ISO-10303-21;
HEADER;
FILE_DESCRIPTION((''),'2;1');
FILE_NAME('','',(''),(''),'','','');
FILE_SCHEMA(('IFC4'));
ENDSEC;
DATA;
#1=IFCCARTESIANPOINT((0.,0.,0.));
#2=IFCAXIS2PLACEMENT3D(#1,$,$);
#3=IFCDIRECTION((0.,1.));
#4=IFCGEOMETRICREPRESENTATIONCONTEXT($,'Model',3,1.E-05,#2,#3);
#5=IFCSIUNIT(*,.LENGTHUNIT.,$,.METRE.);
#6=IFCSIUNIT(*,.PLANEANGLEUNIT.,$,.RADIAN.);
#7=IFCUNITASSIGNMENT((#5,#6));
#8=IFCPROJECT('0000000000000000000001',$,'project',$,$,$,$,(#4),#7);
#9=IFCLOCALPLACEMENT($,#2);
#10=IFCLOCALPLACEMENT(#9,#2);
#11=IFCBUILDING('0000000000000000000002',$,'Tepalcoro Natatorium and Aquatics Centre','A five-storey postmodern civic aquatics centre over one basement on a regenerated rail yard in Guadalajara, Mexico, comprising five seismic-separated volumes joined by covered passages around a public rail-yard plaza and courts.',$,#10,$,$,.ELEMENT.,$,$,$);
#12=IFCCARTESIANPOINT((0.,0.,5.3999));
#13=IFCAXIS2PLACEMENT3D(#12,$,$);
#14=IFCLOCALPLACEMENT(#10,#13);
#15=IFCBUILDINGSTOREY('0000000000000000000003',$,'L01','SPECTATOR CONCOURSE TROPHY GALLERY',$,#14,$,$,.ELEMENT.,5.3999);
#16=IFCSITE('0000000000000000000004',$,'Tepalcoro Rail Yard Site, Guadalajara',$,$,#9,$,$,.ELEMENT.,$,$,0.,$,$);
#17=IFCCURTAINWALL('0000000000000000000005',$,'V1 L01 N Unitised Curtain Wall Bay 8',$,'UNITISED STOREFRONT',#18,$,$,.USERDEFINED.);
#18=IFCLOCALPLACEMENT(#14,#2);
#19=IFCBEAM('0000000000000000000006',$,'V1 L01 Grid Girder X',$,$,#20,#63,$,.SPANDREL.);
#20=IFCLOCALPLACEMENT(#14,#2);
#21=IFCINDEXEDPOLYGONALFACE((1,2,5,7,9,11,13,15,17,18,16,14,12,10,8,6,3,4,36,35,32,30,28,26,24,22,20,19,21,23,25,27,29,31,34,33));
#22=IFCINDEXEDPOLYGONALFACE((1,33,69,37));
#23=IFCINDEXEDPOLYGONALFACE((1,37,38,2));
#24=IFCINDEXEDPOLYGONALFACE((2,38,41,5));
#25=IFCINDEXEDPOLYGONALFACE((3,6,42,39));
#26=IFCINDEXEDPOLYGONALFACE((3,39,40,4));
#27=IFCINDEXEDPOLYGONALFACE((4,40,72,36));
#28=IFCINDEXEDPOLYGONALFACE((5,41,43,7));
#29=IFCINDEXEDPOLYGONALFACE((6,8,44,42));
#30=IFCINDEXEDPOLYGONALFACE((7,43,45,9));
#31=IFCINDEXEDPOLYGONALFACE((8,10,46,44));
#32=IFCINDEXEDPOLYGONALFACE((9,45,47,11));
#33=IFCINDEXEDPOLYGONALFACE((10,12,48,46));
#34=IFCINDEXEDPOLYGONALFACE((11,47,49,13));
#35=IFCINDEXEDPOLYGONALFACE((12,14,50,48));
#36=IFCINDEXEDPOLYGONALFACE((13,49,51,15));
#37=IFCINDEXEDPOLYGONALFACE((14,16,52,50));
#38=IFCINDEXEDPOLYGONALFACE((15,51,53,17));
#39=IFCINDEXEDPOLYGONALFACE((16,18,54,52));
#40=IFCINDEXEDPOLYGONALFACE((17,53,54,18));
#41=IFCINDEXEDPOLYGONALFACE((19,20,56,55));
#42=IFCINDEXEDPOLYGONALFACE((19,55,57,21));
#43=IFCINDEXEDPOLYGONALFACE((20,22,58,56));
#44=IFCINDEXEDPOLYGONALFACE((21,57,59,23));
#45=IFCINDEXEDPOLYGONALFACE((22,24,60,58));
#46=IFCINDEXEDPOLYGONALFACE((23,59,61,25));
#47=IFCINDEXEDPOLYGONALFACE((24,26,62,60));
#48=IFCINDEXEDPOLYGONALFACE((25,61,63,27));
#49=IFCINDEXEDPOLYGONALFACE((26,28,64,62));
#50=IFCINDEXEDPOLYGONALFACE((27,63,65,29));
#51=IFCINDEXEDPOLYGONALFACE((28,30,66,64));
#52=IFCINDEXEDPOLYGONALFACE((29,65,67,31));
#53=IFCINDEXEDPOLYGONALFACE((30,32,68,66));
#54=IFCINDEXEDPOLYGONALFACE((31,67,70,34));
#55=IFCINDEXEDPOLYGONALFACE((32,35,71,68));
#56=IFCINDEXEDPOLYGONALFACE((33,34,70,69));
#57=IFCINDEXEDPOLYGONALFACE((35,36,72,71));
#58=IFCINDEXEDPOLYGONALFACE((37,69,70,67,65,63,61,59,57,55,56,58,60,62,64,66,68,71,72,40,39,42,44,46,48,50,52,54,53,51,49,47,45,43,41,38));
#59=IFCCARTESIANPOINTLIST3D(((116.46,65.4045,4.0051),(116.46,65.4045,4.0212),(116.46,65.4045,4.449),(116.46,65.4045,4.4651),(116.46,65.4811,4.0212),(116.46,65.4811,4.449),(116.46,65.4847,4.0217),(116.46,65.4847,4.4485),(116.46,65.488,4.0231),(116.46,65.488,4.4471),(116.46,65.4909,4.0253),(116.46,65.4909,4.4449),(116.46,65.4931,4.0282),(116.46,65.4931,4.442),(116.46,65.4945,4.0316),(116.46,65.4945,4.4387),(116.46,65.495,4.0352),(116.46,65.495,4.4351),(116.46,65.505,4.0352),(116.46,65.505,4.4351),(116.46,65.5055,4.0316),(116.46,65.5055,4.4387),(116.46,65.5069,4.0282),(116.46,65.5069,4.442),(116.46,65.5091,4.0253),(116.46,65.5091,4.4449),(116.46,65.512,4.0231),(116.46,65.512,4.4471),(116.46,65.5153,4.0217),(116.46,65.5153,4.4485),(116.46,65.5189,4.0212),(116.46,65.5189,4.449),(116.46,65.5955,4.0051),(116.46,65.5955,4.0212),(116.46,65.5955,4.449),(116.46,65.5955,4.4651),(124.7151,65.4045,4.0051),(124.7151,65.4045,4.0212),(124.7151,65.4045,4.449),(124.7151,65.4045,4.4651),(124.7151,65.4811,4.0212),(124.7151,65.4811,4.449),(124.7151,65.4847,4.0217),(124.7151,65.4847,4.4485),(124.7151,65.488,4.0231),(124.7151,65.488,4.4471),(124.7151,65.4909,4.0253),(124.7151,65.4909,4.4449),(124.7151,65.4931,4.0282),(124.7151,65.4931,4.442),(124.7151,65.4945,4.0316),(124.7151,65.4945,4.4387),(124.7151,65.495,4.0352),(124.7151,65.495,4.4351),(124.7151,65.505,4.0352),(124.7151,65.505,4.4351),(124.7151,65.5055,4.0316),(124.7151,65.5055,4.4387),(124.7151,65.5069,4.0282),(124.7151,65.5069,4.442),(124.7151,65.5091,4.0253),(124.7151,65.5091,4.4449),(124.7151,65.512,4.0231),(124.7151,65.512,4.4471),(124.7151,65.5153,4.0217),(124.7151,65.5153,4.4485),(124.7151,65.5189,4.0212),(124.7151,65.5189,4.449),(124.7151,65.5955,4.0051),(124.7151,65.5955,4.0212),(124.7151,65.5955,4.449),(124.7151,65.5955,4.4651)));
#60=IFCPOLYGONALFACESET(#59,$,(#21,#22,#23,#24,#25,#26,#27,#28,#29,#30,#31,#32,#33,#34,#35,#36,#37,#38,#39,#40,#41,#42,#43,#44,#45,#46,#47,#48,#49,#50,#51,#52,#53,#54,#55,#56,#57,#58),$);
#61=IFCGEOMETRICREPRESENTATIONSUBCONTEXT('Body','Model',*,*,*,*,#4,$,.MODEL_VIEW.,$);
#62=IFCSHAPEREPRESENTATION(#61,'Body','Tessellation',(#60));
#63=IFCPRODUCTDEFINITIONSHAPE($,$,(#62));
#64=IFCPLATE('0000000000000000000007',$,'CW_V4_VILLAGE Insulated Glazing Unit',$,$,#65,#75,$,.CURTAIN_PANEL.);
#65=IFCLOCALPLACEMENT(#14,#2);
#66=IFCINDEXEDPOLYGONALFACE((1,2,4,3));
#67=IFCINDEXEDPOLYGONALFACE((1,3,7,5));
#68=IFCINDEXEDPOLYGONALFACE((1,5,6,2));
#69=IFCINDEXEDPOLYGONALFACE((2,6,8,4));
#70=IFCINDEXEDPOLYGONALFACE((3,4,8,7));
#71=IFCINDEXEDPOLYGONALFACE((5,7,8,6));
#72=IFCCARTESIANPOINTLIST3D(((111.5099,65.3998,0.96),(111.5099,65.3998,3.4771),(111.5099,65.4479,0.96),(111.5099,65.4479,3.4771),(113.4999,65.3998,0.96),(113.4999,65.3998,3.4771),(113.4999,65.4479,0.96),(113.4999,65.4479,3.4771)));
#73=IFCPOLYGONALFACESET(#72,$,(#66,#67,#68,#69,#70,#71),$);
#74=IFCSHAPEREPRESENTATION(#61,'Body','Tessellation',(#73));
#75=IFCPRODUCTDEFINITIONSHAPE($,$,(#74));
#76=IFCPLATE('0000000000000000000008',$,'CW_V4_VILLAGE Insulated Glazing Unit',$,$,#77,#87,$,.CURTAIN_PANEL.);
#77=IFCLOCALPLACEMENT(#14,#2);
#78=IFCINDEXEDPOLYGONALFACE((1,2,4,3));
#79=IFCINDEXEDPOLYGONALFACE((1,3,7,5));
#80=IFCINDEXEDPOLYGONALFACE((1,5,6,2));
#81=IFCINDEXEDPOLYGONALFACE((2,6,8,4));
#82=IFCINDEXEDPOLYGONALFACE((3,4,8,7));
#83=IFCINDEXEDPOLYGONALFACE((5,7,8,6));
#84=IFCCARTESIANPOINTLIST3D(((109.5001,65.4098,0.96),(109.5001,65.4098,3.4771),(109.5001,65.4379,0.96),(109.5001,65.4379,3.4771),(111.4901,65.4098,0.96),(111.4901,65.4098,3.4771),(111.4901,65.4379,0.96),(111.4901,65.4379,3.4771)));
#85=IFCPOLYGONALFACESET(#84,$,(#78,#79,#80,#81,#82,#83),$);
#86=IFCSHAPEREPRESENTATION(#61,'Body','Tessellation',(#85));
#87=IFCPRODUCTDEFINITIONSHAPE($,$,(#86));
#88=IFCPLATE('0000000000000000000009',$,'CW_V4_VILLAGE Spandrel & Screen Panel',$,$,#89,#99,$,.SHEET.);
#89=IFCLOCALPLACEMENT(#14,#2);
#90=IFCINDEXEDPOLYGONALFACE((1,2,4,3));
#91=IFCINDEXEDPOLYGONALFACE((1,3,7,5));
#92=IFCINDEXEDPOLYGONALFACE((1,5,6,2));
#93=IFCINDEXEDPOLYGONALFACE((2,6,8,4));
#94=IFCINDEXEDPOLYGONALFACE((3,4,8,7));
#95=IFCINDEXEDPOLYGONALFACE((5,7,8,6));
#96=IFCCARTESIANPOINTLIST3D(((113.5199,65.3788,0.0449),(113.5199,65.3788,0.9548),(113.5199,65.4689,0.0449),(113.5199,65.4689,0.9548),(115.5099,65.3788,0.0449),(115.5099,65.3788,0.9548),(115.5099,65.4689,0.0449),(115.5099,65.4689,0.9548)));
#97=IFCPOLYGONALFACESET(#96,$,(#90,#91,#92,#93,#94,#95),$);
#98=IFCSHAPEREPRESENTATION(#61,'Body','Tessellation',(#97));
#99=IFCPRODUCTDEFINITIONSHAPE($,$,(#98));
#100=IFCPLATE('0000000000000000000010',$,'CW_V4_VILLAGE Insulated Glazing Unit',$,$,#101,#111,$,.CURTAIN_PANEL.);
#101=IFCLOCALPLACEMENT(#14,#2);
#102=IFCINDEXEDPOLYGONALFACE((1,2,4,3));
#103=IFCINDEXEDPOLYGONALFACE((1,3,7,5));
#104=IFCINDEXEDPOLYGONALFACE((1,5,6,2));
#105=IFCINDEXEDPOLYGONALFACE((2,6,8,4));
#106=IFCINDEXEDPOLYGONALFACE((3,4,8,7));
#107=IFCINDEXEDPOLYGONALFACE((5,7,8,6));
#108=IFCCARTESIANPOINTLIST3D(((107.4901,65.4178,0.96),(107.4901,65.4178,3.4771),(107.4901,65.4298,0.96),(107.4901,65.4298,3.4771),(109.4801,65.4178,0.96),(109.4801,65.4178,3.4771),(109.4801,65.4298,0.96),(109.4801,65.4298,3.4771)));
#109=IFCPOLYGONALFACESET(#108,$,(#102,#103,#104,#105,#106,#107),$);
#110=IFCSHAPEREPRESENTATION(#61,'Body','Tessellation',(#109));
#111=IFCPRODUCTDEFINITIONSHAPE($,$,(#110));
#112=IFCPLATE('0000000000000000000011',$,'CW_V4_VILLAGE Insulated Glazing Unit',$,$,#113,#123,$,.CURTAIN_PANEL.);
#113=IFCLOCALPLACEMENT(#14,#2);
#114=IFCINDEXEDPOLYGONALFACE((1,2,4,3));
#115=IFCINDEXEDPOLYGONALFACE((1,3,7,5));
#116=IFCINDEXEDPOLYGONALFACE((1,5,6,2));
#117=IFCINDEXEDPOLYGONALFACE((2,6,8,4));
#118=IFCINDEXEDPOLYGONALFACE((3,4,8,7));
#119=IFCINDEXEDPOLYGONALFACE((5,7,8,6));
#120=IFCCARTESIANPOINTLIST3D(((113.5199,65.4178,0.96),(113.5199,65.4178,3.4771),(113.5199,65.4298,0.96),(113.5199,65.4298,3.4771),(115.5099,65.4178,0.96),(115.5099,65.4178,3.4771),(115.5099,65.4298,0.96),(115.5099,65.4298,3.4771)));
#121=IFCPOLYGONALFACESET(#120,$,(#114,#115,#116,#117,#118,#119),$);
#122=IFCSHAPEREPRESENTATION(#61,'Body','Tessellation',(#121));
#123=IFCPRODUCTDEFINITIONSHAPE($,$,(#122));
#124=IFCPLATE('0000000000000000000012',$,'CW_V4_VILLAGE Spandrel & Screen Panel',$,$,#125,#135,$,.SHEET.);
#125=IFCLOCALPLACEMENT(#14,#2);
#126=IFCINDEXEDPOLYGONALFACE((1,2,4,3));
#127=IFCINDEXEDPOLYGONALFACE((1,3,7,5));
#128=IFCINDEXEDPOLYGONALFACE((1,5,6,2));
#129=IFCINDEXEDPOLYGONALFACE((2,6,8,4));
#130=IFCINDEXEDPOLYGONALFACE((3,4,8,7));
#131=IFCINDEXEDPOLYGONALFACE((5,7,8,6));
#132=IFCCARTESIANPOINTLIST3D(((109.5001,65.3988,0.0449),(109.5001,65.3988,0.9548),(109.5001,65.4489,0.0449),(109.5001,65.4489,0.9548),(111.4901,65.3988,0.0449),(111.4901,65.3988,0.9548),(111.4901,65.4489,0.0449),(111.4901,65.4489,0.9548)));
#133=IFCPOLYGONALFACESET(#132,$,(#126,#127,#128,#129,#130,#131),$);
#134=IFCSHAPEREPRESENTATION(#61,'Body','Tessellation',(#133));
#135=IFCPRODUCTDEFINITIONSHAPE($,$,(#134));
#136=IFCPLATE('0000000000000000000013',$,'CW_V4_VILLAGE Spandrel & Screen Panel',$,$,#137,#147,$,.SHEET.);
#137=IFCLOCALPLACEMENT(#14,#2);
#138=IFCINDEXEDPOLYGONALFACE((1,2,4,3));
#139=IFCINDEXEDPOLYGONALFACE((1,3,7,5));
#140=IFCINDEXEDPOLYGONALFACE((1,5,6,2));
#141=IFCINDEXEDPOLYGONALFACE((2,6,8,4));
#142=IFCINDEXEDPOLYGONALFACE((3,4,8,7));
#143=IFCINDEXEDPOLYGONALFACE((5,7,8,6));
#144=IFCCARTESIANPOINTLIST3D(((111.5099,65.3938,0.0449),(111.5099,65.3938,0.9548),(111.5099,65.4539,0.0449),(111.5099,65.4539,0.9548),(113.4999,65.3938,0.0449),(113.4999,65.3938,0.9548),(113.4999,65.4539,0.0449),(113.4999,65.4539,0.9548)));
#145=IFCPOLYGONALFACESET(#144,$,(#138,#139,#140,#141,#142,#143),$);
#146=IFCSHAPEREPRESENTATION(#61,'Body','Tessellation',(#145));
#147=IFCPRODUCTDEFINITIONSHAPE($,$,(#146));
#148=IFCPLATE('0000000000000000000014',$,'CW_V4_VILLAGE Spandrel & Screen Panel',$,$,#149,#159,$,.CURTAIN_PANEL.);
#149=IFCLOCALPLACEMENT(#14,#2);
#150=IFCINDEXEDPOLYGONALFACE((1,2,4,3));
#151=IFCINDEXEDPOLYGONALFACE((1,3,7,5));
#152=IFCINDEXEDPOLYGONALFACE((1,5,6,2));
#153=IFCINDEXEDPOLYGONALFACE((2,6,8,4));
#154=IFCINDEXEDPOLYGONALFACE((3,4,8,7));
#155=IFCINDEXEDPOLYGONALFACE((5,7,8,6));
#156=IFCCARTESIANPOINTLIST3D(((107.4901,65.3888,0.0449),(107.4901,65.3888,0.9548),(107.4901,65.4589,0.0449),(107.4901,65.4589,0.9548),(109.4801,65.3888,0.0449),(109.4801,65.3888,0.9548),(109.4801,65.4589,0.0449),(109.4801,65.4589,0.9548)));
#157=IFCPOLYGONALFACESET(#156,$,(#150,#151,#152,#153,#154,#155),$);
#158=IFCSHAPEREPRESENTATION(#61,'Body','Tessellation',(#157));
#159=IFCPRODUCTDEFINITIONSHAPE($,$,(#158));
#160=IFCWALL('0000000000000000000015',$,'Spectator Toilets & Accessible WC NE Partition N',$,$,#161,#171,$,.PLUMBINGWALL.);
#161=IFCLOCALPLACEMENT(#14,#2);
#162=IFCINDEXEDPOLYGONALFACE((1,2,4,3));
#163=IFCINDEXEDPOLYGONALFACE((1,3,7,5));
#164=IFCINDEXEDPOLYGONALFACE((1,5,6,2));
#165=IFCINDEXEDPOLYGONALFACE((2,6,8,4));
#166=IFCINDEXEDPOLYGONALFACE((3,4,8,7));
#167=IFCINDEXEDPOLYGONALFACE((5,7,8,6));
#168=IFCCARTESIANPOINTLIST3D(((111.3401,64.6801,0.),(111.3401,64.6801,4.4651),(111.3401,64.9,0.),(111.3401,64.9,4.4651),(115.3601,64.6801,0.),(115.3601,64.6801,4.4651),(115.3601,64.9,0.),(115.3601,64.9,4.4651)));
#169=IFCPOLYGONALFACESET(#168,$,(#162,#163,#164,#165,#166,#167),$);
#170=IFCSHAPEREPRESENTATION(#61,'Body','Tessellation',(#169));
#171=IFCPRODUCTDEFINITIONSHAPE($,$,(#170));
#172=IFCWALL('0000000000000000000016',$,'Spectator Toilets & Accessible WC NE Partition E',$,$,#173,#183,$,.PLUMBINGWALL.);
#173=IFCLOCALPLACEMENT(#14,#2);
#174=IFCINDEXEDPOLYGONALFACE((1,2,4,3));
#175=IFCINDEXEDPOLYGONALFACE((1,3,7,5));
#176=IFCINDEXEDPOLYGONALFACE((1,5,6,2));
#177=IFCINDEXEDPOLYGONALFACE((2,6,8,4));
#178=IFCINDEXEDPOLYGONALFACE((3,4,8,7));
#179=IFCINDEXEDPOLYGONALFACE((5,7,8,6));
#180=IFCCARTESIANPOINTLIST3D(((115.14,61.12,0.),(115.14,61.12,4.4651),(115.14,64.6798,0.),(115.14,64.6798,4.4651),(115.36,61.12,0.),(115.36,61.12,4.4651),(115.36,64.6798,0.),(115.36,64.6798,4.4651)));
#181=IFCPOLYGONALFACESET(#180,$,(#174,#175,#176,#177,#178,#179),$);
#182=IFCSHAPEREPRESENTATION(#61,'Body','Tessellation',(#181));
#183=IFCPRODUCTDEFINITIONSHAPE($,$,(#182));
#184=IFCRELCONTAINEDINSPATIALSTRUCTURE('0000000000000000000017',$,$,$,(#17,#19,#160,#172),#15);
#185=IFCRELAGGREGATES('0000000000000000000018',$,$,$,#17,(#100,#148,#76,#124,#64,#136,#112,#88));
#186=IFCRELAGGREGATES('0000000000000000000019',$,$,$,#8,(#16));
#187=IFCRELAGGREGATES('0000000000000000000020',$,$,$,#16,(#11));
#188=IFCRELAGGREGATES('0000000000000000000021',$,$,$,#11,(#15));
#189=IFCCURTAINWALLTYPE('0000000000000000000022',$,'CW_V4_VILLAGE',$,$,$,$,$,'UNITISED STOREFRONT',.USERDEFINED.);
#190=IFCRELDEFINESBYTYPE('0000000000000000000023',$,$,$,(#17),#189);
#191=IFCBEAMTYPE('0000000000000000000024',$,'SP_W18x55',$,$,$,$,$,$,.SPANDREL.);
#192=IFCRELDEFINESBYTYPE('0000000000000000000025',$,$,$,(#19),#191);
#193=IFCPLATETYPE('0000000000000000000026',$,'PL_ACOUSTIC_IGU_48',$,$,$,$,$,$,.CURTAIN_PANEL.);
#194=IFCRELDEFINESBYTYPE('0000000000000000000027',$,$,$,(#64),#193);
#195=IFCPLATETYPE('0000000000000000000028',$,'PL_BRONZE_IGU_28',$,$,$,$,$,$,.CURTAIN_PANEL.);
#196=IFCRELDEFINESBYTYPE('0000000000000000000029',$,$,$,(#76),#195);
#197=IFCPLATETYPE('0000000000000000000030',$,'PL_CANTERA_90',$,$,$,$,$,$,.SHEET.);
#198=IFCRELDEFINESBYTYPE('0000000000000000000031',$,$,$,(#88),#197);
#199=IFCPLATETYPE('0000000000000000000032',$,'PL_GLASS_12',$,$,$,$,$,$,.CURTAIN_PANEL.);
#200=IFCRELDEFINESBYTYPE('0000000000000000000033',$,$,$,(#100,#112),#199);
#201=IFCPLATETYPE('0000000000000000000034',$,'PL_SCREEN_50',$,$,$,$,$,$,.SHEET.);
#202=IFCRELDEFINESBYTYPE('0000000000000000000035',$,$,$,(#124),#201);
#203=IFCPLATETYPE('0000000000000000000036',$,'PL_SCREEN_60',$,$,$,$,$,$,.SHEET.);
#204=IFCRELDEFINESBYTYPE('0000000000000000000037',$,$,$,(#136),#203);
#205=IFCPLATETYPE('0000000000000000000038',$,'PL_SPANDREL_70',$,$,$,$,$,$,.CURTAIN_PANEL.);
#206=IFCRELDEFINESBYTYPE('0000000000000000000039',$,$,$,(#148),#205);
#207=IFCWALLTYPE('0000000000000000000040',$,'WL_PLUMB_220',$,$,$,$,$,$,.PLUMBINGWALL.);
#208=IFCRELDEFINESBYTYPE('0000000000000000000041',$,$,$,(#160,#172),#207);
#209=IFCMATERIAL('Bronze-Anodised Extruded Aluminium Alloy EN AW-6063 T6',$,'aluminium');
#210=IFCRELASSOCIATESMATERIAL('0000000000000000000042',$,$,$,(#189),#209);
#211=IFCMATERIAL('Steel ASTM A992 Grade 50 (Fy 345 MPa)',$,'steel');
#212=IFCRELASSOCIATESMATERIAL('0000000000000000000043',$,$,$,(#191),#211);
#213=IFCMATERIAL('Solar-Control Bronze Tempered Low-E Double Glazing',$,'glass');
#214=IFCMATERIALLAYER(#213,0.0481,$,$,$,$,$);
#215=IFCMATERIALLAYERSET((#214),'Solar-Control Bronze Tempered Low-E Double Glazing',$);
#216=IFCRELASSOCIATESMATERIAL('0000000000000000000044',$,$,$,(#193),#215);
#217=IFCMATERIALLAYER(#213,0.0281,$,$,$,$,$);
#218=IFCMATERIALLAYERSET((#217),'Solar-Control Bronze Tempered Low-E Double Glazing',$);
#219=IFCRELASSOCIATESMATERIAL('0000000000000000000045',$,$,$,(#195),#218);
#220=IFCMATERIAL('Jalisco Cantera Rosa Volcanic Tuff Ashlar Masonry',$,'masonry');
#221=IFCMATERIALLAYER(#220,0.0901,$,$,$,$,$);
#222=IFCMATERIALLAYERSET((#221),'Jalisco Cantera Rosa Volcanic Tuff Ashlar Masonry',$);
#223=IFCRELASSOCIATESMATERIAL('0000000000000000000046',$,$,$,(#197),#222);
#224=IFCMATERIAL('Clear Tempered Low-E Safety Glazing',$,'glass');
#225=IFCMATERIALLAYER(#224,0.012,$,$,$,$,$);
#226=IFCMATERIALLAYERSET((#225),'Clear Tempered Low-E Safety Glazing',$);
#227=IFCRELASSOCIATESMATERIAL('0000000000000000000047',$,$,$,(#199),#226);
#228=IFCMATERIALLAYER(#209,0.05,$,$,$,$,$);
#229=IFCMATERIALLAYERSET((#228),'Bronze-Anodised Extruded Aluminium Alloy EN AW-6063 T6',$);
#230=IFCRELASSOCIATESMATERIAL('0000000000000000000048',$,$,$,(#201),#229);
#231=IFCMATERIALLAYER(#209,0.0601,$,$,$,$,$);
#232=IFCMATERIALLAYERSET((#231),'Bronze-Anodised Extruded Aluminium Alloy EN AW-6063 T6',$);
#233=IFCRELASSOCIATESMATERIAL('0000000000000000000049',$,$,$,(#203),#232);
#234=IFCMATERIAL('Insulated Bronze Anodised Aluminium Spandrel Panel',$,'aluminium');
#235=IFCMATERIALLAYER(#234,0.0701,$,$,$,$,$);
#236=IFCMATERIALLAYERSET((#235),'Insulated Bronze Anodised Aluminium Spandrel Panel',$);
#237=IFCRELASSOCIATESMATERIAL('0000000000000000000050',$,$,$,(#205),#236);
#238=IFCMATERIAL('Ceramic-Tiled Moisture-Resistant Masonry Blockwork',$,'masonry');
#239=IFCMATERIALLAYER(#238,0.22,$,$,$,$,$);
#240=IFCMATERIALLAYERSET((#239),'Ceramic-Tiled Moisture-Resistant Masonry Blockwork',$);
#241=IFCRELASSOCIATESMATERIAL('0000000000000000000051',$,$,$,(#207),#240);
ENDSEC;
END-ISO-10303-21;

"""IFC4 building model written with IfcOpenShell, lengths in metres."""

from ifc_helpers import new_model, si_unit, direction, frame, frame_2d, origin, origin_2d, place, context, subcontext, project, spatial, rectangle, i_section, extrude, material, layer, layer_set, material_profile, profile_set, type_object, element, aggregate, save


model = new_model("IFC4")

# Units and contexts
model_context = context("Model", 3, precision=1e-05, world=origin(), true_north=direction((0.0, 1.0)))
body_context = subcontext(model_context, "Body", "Model", "MODEL_VIEW")
ifc_project = project(units=[si_unit("LENGTHUNIT", "METRE"), si_unit("PLANEANGLEUNIT", "RADIAN")], contexts=[model_context])

# Site, building, storey
site_placement = place(None, origin())
site = spatial("IfcSite", under=ifc_project, at=site_placement, Name="Tepalcoro Rail Yard Site, Guadalajara", CompositionType="ELEMENT", RefElevation=0.0)
building_placement = place(site_placement, origin())
building = spatial("IfcBuilding", under=site, at=building_placement, Name="Tepalcoro Natatorium and Aquatics Centre", Description="A five-storey postmodern civic aquatics centre over one basement on a regenerated rail yard in Guadalajara, Mexico, comprising five seismic-separated volumes joined by covered passages around a public rail-yard plaza and courts.", CompositionType="ELEMENT")
storey_placement = place(building_placement, frame((0.0, 0.0, 5.3999)))
storey = spatial("IfcBuildingStorey", under=building, at=storey_placement, Name="L01", Description="SPECTATOR CONCOURSE TROPHY GALLERY", CompositionType="ELEMENT", Elevation=5.3999)

# Curtain wall
ifc_material_1 = material(Name="Bronze-Anodised Extruded Aluminium Alloy EN AW-6063 T6", Category="aluminium")
curtain_wall_type_1 = type_object("IfcCurtainWallType", Name="CW_V4_VILLAGE", ElementType="UNITISED STOREFRONT", PredefinedType="USERDEFINED", material=ifc_material_1)
curtain_wall_1_placement = place(storey_placement, origin())
curtain_wall_1 = element("IfcCurtainWall", 1, at=curtain_wall_1_placement, inside=storey, type_object=curtain_wall_type_1, Name="V1 L01 N Unitised Curtain Wall Bay 8", ObjectType="UNITISED STOREFRONT", PredefinedType="USERDEFINED")

# Beam
ifc_material_2 = material(Name="Steel ASTM A992 Grade 50 (Fy 345 MPa)", Category="steel")
ifc_material_profile_1 = material_profile(ifc_material_2, i_section(OverallWidth=0.1909, OverallDepth=0.46, WebThickness=0.01, FlangeThickness=0.0161, FilletRadius=0.0139, at=origin_2d()), Name="W18X55")
ifc_profile_set_1 = profile_set([ifc_material_profile_1], Name="Steel ASTM A992 Grade 50 (Fy 345 MPa)")
beam_type = type_object("IfcBeamType", Name="SP_W18x55", PredefinedType="SPANDREL", material=ifc_profile_set_1)
beam_placement = place(storey_placement, frame((116.46, 65.5, 4.2351), z_axis=(1.0, 0.0, 0.0), x_axis=(0.0, 1.0, 0.0)))
element("IfcBeam", 2, at=beam_placement, inside=storey, type_object=beam_type, Name="V1 L01 Grid Girder X", PredefinedType="SPANDREL", context=body_context, shape_type="SweptSolid", body=[
    extrude(i_section(OverallWidth=0.1909, OverallDepth=0.46, WebThickness=0.01, FlangeThickness=0.0161, FilletRadius=0.0139, at=origin_2d()), origin(), (0.0, 0.0, 1.0), 8.2551),
])

# Plates
ifc_material_3 = material(Name="Solar-Control Bronze Tempered Low-E Double Glazing", Category="glass")
ifc_layer_1 = layer(ifc_material_3, 0.0481)
ifc_layer_set_1 = layer_set([ifc_layer_1], Name="Solar-Control Bronze Tempered Low-E Double Glazing")
plate_type_1 = type_object("IfcPlateType", Name="PL_ACOUSTIC_IGU_48", PredefinedType="CURTAIN_PANEL", material=ifc_layer_set_1)
plate_1_placement = place(storey_placement, frame((112.5049, 65.4238, 0.96), z_axis=(0.0, 0.0, 1.0), x_axis=(1.0, 0.0, 0.0)))
plate_1 = element("IfcPlate", 3, at=plate_1_placement, type_object=plate_type_1, Name="CW_V4_VILLAGE Insulated Glazing Unit", PredefinedType="CURTAIN_PANEL", context=body_context, shape_type="SweptSolid", body=[
    extrude(rectangle(XDim=1.99, YDim=0.0481, at=origin_2d()), origin(), (0.0, 0.0, 1.0), 2.5171),
])
ifc_layer_2 = layer(ifc_material_3, 0.0281)
ifc_layer_set_2 = layer_set([ifc_layer_2], Name="Solar-Control Bronze Tempered Low-E Double Glazing")
plate_type_2 = type_object("IfcPlateType", Name="PL_BRONZE_IGU_28", PredefinedType="CURTAIN_PANEL", material=ifc_layer_set_2)
plate_2_placement = place(storey_placement, frame((110.4951, 65.4238, 0.96), z_axis=(0.0, 0.0, 1.0), x_axis=(1.0, 0.0, 0.0)))
plate_2 = element("IfcPlate", 4, at=plate_2_placement, type_object=plate_type_2, Name="CW_V4_VILLAGE Insulated Glazing Unit", PredefinedType="CURTAIN_PANEL", context=body_context, shape_type="SweptSolid", body=[
    extrude(rectangle(XDim=1.99, YDim=0.0281, at=origin_2d()), origin(), (0.0, 0.0, 1.0), 2.5171),
])
ifc_material_4 = material(Name="Jalisco Cantera Rosa Volcanic Tuff Ashlar Masonry", Category="masonry")
ifc_layer_3 = layer(ifc_material_4, 0.0901)
ifc_layer_set_3 = layer_set([ifc_layer_3], Name="Jalisco Cantera Rosa Volcanic Tuff Ashlar Masonry")
plate_type_3 = type_object("IfcPlateType", Name="PL_CANTERA_90", PredefinedType="SHEET", material=ifc_layer_set_3)
plate_3_placement = place(storey_placement, frame((114.5149, 65.4238, 0.0449), z_axis=(0.0, 0.0, 1.0), x_axis=(1.0, 0.0, 0.0)))
plate_3 = element("IfcPlate", 5, at=plate_3_placement, type_object=plate_type_3, Name="CW_V4_VILLAGE Spandrel & Screen Panel", PredefinedType="SHEET", context=body_context, shape_type="SweptSolid", body=[
    extrude(rectangle(XDim=1.99, YDim=0.0901, at=origin_2d()), origin(), (0.0, 0.0, 1.0), 0.9099),
])
ifc_material_5 = material(Name="Clear Tempered Low-E Safety Glazing", Category="glass")
ifc_layer_4 = layer(ifc_material_5, 0.012)
ifc_layer_set_4 = layer_set([ifc_layer_4], Name="Clear Tempered Low-E Safety Glazing")
plate_type_4 = type_object("IfcPlateType", Name="PL_GLASS_12", PredefinedType="CURTAIN_PANEL", material=ifc_layer_set_4)
plate_4_placement = place(storey_placement, frame((108.4851, 65.4238, 0.96), z_axis=(0.0, 0.0, 1.0), x_axis=(1.0, 0.0, 0.0)))
plate_4 = element("IfcPlate", 6, at=plate_4_placement, type_object=plate_type_4, Name="CW_V4_VILLAGE Insulated Glazing Unit", PredefinedType="CURTAIN_PANEL", context=body_context, shape_type="SweptSolid", body=[
    extrude(rectangle(XDim=1.99, YDim=0.012, at=origin_2d()), origin(), (0.0, 0.0, 1.0), 2.5171),
])
plate_5_placement = place(storey_placement, frame((114.5149, 65.4238, 0.96), z_axis=(0.0, 0.0, 1.0), x_axis=(1.0, 0.0, 0.0)))
plate_5 = element("IfcPlate", 7, at=plate_5_placement, type_object=plate_type_4, Name="CW_V4_VILLAGE Insulated Glazing Unit", PredefinedType="CURTAIN_PANEL", context=body_context, shape_type="SweptSolid", body=[
    extrude(rectangle(XDim=1.99, YDim=0.012, at=origin_2d()), origin(), (0.0, 0.0, 1.0), 2.5171),
])
ifc_layer_5 = layer(ifc_material_1, 0.05)
ifc_layer_set_5 = layer_set([ifc_layer_5], Name="Bronze-Anodised Extruded Aluminium Alloy EN AW-6063 T6")
plate_type_5 = type_object("IfcPlateType", Name="PL_SCREEN_50", PredefinedType="SHEET", material=ifc_layer_set_5)
plate_6_placement = place(storey_placement, frame((110.4951, 65.4238, 0.0449), z_axis=(0.0, 0.0, 1.0), x_axis=(1.0, 0.0, 0.0)))
plate_6 = element("IfcPlate", 8, at=plate_6_placement, type_object=plate_type_5, Name="CW_V4_VILLAGE Spandrel & Screen Panel", PredefinedType="SHEET", context=body_context, shape_type="SweptSolid", body=[
    extrude(rectangle(XDim=1.99, YDim=0.05, at=origin_2d()), origin(), (0.0, 0.0, 1.0), 0.9099),
])
ifc_layer_6 = layer(ifc_material_1, 0.0601)
ifc_layer_set_6 = layer_set([ifc_layer_6], Name="Bronze-Anodised Extruded Aluminium Alloy EN AW-6063 T6")
plate_type_6 = type_object("IfcPlateType", Name="PL_SCREEN_60", PredefinedType="SHEET", material=ifc_layer_set_6)
plate_7_placement = place(storey_placement, frame((112.5049, 65.4238, 0.0449), z_axis=(0.0, 0.0, 1.0), x_axis=(1.0, 0.0, 0.0)))
plate_7 = element("IfcPlate", 9, at=plate_7_placement, type_object=plate_type_6, Name="CW_V4_VILLAGE Spandrel & Screen Panel", PredefinedType="SHEET", context=body_context, shape_type="SweptSolid", body=[
    extrude(rectangle(XDim=1.99, YDim=0.0601, at=origin_2d()), origin(), (0.0, 0.0, 1.0), 0.9099),
])
ifc_material_6 = material(Name="Insulated Bronze Anodised Aluminium Spandrel Panel", Category="aluminium")
ifc_layer_7 = layer(ifc_material_6, 0.0701)
ifc_layer_set_7 = layer_set([ifc_layer_7], Name="Insulated Bronze Anodised Aluminium Spandrel Panel")
plate_type_7 = type_object("IfcPlateType", Name="PL_SPANDREL_70", PredefinedType="CURTAIN_PANEL", material=ifc_layer_set_7)
plate_8_placement = place(storey_placement, frame((108.4851, 65.4238, 0.0449), z_axis=(0.0, 0.0, 1.0), x_axis=(1.0, 0.0, 0.0)))
plate_8 = element("IfcPlate", 10, at=plate_8_placement, type_object=plate_type_7, Name="CW_V4_VILLAGE Spandrel & Screen Panel", PredefinedType="CURTAIN_PANEL", context=body_context, shape_type="SweptSolid", body=[
    extrude(rectangle(XDim=1.99, YDim=0.0701, at=origin_2d()), origin(), (0.0, 0.0, 1.0), 0.9099),
])
aggregate(curtain_wall_1, [plate_4, plate_8, plate_2, plate_6, plate_1, plate_7, plate_5, plate_3])

# Walls
ifc_material_7 = material(Name="Ceramic-Tiled Moisture-Resistant Masonry Blockwork", Category="masonry")
ifc_layer_8 = layer(ifc_material_7, 0.22)
ifc_layer_set_8 = layer_set([ifc_layer_8], Name="Ceramic-Tiled Moisture-Resistant Masonry Blockwork")
wall_type_1 = type_object("IfcWallType", Name="WL_PLUMB_220", PredefinedType="PLUMBINGWALL", material=ifc_layer_set_8)
wall_1_placement = place(storey_placement, frame((111.3401, 64.79, 0.0), z_axis=(0.0, 0.0, 1.0), x_axis=(1.0, 0.0, 0.0)))
element("IfcWall", 11, at=wall_1_placement, inside=storey, type_object=wall_type_1, Name="Spectator Toilets & Accessible WC NE Partition N", PredefinedType="PLUMBINGWALL", context=body_context, shape_type="SweptSolid", body=[
    extrude(rectangle(XDim=4.02, YDim=0.22, at=frame_2d((2.01, 0.0))), origin(), (0.0, 0.0, 1.0), 4.4651),
])
for number, where, z_axis, x_axis, name in (
    (12, (115.25, 61.1201, 0.0), (0.0, 0.0, 1.0), (0.0, 1.0, 0.0), "Spectator Toilets & Accessible WC NE Partition E"),
):
    element("IfcWall", number, at=place(storey_placement, frame(where, z_axis=z_axis, x_axis=x_axis)), inside=storey, type_object=wall_type_1, Name=name, PredefinedType="PLUMBINGWALL", context=body_context, shape_type="SweptSolid", body=[
        extrude(rectangle(XDim=3.5598, YDim=0.22, at=frame_2d((1.7798, 0.0))), origin(), (0.0, 0.0, 1.0), 4.4651),
    ])

save(model, "model.ifc")
